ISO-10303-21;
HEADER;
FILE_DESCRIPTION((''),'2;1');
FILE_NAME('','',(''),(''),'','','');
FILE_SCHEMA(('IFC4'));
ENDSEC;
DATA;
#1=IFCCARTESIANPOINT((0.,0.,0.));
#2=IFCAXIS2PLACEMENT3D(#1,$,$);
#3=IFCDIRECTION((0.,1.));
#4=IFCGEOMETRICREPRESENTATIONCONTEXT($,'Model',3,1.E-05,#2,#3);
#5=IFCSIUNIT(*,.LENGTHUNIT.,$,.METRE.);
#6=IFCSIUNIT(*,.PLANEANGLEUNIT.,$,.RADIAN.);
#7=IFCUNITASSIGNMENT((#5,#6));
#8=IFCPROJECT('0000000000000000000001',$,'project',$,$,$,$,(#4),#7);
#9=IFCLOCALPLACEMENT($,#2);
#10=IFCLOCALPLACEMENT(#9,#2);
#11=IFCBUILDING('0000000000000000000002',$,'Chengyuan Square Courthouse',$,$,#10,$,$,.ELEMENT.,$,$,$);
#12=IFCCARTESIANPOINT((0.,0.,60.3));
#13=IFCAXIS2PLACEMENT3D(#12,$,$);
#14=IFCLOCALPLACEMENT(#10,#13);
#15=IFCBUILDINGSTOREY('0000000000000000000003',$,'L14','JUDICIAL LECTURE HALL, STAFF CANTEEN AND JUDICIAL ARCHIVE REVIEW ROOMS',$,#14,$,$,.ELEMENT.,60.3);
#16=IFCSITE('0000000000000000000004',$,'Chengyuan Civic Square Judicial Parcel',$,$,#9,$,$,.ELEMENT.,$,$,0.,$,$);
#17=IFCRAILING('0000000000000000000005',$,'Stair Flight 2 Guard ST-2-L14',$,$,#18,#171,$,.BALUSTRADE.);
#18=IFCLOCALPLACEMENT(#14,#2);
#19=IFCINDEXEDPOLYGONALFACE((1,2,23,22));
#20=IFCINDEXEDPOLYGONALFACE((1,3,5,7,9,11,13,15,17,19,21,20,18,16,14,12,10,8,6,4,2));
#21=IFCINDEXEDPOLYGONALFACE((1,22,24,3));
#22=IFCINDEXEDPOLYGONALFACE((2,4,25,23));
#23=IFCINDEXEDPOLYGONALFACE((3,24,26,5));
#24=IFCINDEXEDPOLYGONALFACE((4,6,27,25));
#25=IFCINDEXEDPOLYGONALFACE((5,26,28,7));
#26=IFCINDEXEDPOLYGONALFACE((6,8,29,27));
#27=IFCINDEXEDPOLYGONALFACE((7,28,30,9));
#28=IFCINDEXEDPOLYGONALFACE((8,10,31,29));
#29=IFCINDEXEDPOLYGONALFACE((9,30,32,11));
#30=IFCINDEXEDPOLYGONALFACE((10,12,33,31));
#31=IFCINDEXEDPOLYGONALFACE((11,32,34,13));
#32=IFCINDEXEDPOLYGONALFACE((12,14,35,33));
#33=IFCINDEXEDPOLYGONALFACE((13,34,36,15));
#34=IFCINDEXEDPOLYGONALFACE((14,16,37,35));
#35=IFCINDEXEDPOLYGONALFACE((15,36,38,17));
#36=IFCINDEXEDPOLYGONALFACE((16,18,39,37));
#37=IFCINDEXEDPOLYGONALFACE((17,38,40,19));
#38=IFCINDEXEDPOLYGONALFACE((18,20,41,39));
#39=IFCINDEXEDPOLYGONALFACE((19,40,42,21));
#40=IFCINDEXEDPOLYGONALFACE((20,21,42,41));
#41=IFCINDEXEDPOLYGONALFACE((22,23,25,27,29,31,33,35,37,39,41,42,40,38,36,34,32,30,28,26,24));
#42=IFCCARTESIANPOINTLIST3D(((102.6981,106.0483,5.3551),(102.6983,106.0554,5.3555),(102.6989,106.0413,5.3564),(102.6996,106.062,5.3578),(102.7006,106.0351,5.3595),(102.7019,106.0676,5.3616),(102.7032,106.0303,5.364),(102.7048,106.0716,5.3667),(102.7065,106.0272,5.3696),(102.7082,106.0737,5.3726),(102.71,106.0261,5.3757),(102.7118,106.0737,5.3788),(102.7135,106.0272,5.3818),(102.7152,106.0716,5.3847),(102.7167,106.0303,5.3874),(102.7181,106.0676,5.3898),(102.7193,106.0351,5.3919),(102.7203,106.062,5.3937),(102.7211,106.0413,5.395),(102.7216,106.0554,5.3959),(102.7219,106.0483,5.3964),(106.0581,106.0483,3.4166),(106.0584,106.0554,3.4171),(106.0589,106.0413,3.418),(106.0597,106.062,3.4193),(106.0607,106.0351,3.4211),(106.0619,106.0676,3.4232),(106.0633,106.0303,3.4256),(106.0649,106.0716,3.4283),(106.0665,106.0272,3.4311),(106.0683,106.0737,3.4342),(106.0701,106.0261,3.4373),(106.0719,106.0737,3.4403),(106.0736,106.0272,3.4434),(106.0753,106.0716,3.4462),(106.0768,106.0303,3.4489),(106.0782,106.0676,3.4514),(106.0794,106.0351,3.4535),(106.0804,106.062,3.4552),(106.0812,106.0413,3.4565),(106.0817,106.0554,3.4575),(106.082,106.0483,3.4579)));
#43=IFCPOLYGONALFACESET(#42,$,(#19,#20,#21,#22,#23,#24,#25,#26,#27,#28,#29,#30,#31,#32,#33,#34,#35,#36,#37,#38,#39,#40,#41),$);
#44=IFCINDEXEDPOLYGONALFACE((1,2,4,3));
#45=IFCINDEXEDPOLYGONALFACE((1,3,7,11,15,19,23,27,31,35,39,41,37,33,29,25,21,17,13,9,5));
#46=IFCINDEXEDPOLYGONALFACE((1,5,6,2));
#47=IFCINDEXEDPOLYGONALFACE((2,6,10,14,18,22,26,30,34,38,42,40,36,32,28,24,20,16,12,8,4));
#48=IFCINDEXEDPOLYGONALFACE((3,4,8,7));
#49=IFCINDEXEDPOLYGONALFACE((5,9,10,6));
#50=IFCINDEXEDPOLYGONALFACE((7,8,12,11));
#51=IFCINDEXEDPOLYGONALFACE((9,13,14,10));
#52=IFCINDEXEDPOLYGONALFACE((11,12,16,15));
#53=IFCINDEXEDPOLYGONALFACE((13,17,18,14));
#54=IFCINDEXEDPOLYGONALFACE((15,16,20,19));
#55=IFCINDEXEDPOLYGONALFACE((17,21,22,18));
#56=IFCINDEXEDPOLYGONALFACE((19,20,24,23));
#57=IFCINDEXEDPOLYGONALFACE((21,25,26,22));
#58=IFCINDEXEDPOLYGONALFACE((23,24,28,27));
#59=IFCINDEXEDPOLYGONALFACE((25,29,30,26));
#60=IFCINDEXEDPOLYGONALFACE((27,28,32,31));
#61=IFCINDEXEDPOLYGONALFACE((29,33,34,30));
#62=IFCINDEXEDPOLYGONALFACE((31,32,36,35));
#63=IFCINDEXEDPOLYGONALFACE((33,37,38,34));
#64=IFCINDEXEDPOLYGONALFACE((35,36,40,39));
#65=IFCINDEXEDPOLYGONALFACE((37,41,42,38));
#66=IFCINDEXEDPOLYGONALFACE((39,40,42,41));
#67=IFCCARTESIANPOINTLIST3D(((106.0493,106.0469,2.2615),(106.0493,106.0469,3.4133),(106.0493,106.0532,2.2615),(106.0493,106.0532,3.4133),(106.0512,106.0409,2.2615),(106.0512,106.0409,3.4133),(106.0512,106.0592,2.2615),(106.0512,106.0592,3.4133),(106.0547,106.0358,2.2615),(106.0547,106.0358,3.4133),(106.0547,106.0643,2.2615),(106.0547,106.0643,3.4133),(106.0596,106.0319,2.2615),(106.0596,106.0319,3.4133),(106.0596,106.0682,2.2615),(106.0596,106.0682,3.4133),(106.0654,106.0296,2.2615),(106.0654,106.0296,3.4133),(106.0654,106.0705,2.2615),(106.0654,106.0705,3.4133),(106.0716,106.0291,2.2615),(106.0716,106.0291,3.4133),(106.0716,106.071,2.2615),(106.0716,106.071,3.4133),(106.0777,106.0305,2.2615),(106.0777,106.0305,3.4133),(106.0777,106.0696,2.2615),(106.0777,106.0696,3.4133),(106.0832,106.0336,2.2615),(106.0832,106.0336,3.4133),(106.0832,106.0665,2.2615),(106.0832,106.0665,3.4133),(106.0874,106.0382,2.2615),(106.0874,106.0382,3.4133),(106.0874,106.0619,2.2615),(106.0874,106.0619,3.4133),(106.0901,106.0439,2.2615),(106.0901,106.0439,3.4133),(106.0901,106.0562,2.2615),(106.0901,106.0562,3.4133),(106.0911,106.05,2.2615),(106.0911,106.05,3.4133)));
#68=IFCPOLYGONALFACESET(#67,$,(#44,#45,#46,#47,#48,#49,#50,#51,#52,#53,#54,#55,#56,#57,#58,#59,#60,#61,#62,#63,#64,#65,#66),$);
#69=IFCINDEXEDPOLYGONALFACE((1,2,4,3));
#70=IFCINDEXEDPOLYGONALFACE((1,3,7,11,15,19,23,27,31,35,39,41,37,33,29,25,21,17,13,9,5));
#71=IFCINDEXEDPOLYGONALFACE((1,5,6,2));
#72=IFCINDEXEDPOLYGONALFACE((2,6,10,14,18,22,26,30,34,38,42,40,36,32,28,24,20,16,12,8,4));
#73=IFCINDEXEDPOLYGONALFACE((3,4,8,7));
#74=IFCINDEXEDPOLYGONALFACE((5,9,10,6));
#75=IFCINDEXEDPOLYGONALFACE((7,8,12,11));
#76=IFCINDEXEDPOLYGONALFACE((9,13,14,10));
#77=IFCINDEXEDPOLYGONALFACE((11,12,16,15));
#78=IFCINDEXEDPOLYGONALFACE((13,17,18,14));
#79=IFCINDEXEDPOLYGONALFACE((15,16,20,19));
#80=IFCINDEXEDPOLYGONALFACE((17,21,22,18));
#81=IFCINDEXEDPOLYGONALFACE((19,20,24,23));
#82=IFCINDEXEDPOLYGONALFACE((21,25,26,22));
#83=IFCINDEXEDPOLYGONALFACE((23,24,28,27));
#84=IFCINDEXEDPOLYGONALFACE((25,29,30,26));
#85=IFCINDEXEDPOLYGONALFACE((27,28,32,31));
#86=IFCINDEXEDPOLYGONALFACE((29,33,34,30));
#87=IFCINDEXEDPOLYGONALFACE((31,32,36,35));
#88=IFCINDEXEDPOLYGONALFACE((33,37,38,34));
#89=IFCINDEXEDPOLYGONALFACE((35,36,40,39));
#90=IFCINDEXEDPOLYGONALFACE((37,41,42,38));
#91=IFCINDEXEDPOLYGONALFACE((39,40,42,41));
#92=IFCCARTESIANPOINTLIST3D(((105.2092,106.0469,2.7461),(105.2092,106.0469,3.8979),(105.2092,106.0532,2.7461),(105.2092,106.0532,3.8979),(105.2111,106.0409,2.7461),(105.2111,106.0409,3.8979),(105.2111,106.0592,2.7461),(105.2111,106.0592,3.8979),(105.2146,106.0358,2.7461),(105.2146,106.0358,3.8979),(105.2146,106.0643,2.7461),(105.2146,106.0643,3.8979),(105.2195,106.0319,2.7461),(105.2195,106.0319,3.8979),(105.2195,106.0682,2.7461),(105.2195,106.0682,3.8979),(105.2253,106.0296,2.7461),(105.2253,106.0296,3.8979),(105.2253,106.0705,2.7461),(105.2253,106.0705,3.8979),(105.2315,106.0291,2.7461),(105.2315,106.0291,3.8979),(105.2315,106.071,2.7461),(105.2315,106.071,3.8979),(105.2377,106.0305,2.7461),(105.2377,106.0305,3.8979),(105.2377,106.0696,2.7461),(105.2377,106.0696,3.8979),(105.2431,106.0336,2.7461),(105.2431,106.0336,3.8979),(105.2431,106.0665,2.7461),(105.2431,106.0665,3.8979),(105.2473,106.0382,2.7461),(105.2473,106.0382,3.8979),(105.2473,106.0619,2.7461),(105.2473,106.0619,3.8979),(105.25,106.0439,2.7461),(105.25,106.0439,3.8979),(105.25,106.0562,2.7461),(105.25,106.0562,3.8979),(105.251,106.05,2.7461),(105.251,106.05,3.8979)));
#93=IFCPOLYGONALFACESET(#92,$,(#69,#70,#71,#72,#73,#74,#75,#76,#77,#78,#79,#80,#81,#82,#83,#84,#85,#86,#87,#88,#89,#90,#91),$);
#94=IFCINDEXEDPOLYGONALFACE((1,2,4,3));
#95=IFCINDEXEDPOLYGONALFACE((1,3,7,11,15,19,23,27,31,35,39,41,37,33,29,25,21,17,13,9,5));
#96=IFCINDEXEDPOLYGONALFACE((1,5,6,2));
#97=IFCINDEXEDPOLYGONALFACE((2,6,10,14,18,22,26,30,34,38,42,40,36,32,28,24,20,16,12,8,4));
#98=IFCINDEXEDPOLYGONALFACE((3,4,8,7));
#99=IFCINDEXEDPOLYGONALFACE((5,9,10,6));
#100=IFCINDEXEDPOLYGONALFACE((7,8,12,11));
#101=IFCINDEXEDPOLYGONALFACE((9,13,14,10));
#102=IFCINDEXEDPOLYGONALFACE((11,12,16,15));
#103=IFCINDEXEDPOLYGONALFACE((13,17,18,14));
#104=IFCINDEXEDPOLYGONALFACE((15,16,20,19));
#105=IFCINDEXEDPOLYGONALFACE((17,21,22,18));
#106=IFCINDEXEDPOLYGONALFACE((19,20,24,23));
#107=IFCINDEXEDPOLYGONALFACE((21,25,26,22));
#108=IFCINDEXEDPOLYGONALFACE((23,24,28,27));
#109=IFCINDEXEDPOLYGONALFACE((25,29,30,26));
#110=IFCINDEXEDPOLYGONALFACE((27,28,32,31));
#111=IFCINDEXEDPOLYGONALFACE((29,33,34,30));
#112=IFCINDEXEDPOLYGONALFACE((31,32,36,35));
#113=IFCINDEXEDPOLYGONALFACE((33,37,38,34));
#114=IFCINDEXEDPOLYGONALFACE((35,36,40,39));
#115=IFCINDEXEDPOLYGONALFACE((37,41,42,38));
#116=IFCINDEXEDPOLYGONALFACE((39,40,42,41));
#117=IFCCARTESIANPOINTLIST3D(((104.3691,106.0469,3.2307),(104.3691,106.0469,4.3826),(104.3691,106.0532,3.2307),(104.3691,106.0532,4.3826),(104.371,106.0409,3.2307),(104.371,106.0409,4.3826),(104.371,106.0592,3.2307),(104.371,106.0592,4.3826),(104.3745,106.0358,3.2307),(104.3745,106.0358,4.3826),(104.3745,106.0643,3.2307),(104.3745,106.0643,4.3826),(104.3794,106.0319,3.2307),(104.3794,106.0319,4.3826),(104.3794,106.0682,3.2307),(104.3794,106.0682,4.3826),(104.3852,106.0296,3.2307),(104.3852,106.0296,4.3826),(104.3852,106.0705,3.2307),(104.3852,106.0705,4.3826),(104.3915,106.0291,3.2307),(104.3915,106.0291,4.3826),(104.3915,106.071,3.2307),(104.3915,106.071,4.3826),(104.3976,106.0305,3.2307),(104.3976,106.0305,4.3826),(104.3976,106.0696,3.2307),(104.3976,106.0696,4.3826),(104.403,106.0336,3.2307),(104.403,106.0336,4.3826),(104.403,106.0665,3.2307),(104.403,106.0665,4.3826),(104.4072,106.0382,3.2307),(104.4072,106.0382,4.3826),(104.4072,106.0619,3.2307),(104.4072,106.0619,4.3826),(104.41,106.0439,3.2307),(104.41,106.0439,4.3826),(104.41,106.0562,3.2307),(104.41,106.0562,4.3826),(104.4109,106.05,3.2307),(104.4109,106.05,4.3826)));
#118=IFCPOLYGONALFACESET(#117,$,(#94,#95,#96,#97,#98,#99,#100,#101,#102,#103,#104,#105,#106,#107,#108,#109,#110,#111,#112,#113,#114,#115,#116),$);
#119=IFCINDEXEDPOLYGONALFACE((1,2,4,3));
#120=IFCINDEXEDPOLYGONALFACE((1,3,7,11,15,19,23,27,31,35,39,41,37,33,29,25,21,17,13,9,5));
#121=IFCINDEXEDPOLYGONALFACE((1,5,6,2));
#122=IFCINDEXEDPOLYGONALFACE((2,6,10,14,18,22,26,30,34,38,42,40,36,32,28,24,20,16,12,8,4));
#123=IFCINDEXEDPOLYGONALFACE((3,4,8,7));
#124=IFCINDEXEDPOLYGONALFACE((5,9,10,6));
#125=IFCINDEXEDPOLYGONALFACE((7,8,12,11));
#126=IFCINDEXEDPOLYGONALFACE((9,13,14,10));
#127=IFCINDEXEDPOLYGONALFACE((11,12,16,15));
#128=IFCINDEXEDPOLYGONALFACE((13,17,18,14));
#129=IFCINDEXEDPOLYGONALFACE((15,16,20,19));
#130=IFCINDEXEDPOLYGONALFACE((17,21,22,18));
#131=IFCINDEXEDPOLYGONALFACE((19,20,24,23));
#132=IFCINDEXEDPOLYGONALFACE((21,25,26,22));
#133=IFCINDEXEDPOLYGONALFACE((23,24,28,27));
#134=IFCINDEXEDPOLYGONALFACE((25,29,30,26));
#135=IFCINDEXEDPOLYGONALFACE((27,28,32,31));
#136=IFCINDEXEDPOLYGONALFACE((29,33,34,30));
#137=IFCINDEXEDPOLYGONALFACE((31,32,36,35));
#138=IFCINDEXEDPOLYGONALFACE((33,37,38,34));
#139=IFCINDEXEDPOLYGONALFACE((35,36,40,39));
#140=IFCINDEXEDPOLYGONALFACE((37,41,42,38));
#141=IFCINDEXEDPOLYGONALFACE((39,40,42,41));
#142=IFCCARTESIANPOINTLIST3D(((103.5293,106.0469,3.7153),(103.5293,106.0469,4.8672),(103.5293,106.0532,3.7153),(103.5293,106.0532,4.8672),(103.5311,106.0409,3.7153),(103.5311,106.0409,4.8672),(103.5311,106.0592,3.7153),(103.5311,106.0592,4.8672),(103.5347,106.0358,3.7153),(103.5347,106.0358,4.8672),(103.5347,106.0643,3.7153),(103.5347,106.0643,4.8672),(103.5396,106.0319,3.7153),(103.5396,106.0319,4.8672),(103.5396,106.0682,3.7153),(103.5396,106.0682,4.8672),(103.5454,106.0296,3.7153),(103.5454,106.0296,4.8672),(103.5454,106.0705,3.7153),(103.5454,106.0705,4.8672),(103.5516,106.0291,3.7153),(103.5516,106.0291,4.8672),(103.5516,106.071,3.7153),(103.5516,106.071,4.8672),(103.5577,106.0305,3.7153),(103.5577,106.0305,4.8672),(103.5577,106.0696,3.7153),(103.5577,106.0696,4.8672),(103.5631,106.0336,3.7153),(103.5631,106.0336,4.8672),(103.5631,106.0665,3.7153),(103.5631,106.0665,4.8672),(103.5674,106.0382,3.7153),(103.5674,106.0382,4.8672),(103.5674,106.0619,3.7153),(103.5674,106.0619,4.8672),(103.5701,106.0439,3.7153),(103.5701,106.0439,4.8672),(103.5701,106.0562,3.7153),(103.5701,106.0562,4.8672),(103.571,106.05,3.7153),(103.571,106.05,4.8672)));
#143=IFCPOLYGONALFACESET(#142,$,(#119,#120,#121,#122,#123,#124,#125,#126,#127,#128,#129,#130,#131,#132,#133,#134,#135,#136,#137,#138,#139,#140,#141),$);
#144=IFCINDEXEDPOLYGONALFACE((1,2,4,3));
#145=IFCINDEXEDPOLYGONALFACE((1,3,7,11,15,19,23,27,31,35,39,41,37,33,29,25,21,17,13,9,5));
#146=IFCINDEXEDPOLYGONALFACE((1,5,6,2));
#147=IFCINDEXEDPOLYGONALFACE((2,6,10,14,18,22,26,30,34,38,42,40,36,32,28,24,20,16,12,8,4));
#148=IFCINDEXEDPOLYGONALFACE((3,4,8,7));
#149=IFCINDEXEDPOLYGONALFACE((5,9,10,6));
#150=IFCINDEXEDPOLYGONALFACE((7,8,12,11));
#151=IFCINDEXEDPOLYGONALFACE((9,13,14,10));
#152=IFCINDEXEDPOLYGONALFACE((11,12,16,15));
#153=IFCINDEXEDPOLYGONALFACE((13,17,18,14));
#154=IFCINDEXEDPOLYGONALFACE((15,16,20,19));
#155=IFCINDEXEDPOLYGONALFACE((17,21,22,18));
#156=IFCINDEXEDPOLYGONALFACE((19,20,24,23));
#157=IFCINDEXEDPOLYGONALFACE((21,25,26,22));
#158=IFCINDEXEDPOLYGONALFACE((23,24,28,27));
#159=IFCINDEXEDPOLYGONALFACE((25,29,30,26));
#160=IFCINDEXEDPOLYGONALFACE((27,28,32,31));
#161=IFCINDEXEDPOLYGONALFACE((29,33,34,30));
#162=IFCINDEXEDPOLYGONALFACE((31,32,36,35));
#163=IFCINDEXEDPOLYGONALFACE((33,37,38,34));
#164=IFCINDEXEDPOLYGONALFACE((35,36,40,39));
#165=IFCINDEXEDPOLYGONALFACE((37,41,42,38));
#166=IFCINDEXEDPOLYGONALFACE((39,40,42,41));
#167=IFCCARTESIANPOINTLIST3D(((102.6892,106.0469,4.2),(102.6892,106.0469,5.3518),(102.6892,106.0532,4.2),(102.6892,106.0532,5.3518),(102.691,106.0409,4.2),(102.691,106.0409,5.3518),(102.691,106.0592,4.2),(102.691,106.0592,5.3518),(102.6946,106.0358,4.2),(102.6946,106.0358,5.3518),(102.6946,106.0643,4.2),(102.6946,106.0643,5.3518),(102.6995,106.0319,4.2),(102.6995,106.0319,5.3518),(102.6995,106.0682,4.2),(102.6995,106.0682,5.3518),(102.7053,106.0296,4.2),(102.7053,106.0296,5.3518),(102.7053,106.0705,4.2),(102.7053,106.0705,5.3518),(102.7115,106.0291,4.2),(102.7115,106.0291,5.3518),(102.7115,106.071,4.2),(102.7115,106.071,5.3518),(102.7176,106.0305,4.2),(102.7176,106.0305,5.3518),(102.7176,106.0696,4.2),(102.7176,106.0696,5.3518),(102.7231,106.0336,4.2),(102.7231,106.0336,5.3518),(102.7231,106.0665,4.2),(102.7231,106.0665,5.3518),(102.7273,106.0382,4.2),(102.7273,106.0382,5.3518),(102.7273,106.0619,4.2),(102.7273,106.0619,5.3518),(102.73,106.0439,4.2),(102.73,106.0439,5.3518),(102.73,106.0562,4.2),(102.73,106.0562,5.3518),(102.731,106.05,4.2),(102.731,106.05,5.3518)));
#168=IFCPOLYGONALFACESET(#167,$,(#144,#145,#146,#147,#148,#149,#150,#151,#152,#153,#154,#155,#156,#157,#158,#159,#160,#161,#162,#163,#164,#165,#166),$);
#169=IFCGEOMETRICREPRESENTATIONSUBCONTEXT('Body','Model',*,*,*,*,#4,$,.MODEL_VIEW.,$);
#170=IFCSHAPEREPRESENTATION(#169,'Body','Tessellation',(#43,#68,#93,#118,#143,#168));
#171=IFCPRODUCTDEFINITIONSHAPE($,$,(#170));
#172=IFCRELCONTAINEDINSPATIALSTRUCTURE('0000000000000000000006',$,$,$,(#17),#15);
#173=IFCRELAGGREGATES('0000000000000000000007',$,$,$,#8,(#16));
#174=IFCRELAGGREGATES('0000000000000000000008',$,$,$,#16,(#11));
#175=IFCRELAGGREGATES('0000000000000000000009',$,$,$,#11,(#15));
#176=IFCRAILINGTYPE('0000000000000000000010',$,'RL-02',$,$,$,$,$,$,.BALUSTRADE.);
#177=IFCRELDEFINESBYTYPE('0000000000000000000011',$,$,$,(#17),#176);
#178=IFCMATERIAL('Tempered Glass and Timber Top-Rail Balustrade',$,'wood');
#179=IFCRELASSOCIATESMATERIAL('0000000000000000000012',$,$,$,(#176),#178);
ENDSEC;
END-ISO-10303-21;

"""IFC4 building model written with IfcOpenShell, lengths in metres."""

from ifc_helpers import new_model, si_unit, direction, frame, origin, origin_2d, place, context, subcontext, project, spatial, circle, extrude, material, type_object, element, save


model = new_model("IFC4")

# Units and contexts
model_context = context("Model", 3, precision=1e-05, world=origin(), true_north=direction((0.0, 1.0)))
body_context = subcontext(model_context, "Body", "Model", "MODEL_VIEW")
ifc_project = project(units=[si_unit("LENGTHUNIT", "METRE"), si_unit("PLANEANGLEUNIT", "RADIAN")], contexts=[model_context])

# Site, building, storey
site_placement = place(None, origin())
site = spatial("IfcSite", under=ifc_project, at=site_placement, Name="Chengyuan Civic Square Judicial Parcel", CompositionType="ELEMENT", RefElevation=0.0)
building_placement = place(site_placement, origin())
building = spatial("IfcBuilding", under=site, at=building_placement, Name="Chengyuan Square Courthouse", CompositionType="ELEMENT")
storey_placement = place(building_placement, frame((0.0, 0.0, 60.3)))
storey = spatial("IfcBuildingStorey", under=building, at=storey_placement, Name="L14", Description="JUDICIAL LECTURE HALL, STAFF CANTEEN AND JUDICIAL ARCHIVE REVIEW ROOMS", CompositionType="ELEMENT", Elevation=60.3)

# Railing
ifc_material_1 = material(Name="Tempered Glass and Timber Top-Rail Balustrade", Category="wood")
railing_type_1 = type_object("IfcRailingType", Name="RL-02", PredefinedType="BALUSTRADE", material=ifc_material_1)
railing_1_placement = place(storey_placement, frame((106.0701, 106.05, 2.2615)))
element("IfcRailing", 1, at=railing_1_placement, inside=storey, type_object=railing_type_1, Name="Stair Flight 2 Guard ST-2-L14", PredefinedType="BALUSTRADE", context=body_context, shape_type="SweptSolid", body=[
    extrude(circle(Radius=0.0239, at=origin_2d()), frame((0.0, 0.0, 1.1758), z_axis=(-0.866191, 0.0, 0.499713), x_axis=(0.0, -1.0, 0.0)), (0.0, 0.0, 1.0), 3.8792),
    extrude(circle(Radius=0.021, at=origin_2d()), origin(), (0.0, 0.0, 1.0), 1.1519),
    extrude(circle(Radius=0.021, at=origin_2d()), frame((-0.8401, 0.0, 0.4846)), (0.0, 0.0, 1.0), 1.1519),
    extrude(circle(Radius=0.021, at=origin_2d()), frame((-1.6802, 0.0, 0.9692)), (0.0, 0.0, 1.0), 1.1519),
    extrude(circle(Radius=0.021, at=origin_2d()), frame((-2.52, 0.0, 1.4539)), (0.0, 0.0, 1.0), 1.1519),
    extrude(circle(Radius=0.021, at=origin_2d()), frame((-3.3601, 0.0, 1.9385)), (0.0, 0.0, 1.0), 1.1519),
])

save(model, "model.ifc")
